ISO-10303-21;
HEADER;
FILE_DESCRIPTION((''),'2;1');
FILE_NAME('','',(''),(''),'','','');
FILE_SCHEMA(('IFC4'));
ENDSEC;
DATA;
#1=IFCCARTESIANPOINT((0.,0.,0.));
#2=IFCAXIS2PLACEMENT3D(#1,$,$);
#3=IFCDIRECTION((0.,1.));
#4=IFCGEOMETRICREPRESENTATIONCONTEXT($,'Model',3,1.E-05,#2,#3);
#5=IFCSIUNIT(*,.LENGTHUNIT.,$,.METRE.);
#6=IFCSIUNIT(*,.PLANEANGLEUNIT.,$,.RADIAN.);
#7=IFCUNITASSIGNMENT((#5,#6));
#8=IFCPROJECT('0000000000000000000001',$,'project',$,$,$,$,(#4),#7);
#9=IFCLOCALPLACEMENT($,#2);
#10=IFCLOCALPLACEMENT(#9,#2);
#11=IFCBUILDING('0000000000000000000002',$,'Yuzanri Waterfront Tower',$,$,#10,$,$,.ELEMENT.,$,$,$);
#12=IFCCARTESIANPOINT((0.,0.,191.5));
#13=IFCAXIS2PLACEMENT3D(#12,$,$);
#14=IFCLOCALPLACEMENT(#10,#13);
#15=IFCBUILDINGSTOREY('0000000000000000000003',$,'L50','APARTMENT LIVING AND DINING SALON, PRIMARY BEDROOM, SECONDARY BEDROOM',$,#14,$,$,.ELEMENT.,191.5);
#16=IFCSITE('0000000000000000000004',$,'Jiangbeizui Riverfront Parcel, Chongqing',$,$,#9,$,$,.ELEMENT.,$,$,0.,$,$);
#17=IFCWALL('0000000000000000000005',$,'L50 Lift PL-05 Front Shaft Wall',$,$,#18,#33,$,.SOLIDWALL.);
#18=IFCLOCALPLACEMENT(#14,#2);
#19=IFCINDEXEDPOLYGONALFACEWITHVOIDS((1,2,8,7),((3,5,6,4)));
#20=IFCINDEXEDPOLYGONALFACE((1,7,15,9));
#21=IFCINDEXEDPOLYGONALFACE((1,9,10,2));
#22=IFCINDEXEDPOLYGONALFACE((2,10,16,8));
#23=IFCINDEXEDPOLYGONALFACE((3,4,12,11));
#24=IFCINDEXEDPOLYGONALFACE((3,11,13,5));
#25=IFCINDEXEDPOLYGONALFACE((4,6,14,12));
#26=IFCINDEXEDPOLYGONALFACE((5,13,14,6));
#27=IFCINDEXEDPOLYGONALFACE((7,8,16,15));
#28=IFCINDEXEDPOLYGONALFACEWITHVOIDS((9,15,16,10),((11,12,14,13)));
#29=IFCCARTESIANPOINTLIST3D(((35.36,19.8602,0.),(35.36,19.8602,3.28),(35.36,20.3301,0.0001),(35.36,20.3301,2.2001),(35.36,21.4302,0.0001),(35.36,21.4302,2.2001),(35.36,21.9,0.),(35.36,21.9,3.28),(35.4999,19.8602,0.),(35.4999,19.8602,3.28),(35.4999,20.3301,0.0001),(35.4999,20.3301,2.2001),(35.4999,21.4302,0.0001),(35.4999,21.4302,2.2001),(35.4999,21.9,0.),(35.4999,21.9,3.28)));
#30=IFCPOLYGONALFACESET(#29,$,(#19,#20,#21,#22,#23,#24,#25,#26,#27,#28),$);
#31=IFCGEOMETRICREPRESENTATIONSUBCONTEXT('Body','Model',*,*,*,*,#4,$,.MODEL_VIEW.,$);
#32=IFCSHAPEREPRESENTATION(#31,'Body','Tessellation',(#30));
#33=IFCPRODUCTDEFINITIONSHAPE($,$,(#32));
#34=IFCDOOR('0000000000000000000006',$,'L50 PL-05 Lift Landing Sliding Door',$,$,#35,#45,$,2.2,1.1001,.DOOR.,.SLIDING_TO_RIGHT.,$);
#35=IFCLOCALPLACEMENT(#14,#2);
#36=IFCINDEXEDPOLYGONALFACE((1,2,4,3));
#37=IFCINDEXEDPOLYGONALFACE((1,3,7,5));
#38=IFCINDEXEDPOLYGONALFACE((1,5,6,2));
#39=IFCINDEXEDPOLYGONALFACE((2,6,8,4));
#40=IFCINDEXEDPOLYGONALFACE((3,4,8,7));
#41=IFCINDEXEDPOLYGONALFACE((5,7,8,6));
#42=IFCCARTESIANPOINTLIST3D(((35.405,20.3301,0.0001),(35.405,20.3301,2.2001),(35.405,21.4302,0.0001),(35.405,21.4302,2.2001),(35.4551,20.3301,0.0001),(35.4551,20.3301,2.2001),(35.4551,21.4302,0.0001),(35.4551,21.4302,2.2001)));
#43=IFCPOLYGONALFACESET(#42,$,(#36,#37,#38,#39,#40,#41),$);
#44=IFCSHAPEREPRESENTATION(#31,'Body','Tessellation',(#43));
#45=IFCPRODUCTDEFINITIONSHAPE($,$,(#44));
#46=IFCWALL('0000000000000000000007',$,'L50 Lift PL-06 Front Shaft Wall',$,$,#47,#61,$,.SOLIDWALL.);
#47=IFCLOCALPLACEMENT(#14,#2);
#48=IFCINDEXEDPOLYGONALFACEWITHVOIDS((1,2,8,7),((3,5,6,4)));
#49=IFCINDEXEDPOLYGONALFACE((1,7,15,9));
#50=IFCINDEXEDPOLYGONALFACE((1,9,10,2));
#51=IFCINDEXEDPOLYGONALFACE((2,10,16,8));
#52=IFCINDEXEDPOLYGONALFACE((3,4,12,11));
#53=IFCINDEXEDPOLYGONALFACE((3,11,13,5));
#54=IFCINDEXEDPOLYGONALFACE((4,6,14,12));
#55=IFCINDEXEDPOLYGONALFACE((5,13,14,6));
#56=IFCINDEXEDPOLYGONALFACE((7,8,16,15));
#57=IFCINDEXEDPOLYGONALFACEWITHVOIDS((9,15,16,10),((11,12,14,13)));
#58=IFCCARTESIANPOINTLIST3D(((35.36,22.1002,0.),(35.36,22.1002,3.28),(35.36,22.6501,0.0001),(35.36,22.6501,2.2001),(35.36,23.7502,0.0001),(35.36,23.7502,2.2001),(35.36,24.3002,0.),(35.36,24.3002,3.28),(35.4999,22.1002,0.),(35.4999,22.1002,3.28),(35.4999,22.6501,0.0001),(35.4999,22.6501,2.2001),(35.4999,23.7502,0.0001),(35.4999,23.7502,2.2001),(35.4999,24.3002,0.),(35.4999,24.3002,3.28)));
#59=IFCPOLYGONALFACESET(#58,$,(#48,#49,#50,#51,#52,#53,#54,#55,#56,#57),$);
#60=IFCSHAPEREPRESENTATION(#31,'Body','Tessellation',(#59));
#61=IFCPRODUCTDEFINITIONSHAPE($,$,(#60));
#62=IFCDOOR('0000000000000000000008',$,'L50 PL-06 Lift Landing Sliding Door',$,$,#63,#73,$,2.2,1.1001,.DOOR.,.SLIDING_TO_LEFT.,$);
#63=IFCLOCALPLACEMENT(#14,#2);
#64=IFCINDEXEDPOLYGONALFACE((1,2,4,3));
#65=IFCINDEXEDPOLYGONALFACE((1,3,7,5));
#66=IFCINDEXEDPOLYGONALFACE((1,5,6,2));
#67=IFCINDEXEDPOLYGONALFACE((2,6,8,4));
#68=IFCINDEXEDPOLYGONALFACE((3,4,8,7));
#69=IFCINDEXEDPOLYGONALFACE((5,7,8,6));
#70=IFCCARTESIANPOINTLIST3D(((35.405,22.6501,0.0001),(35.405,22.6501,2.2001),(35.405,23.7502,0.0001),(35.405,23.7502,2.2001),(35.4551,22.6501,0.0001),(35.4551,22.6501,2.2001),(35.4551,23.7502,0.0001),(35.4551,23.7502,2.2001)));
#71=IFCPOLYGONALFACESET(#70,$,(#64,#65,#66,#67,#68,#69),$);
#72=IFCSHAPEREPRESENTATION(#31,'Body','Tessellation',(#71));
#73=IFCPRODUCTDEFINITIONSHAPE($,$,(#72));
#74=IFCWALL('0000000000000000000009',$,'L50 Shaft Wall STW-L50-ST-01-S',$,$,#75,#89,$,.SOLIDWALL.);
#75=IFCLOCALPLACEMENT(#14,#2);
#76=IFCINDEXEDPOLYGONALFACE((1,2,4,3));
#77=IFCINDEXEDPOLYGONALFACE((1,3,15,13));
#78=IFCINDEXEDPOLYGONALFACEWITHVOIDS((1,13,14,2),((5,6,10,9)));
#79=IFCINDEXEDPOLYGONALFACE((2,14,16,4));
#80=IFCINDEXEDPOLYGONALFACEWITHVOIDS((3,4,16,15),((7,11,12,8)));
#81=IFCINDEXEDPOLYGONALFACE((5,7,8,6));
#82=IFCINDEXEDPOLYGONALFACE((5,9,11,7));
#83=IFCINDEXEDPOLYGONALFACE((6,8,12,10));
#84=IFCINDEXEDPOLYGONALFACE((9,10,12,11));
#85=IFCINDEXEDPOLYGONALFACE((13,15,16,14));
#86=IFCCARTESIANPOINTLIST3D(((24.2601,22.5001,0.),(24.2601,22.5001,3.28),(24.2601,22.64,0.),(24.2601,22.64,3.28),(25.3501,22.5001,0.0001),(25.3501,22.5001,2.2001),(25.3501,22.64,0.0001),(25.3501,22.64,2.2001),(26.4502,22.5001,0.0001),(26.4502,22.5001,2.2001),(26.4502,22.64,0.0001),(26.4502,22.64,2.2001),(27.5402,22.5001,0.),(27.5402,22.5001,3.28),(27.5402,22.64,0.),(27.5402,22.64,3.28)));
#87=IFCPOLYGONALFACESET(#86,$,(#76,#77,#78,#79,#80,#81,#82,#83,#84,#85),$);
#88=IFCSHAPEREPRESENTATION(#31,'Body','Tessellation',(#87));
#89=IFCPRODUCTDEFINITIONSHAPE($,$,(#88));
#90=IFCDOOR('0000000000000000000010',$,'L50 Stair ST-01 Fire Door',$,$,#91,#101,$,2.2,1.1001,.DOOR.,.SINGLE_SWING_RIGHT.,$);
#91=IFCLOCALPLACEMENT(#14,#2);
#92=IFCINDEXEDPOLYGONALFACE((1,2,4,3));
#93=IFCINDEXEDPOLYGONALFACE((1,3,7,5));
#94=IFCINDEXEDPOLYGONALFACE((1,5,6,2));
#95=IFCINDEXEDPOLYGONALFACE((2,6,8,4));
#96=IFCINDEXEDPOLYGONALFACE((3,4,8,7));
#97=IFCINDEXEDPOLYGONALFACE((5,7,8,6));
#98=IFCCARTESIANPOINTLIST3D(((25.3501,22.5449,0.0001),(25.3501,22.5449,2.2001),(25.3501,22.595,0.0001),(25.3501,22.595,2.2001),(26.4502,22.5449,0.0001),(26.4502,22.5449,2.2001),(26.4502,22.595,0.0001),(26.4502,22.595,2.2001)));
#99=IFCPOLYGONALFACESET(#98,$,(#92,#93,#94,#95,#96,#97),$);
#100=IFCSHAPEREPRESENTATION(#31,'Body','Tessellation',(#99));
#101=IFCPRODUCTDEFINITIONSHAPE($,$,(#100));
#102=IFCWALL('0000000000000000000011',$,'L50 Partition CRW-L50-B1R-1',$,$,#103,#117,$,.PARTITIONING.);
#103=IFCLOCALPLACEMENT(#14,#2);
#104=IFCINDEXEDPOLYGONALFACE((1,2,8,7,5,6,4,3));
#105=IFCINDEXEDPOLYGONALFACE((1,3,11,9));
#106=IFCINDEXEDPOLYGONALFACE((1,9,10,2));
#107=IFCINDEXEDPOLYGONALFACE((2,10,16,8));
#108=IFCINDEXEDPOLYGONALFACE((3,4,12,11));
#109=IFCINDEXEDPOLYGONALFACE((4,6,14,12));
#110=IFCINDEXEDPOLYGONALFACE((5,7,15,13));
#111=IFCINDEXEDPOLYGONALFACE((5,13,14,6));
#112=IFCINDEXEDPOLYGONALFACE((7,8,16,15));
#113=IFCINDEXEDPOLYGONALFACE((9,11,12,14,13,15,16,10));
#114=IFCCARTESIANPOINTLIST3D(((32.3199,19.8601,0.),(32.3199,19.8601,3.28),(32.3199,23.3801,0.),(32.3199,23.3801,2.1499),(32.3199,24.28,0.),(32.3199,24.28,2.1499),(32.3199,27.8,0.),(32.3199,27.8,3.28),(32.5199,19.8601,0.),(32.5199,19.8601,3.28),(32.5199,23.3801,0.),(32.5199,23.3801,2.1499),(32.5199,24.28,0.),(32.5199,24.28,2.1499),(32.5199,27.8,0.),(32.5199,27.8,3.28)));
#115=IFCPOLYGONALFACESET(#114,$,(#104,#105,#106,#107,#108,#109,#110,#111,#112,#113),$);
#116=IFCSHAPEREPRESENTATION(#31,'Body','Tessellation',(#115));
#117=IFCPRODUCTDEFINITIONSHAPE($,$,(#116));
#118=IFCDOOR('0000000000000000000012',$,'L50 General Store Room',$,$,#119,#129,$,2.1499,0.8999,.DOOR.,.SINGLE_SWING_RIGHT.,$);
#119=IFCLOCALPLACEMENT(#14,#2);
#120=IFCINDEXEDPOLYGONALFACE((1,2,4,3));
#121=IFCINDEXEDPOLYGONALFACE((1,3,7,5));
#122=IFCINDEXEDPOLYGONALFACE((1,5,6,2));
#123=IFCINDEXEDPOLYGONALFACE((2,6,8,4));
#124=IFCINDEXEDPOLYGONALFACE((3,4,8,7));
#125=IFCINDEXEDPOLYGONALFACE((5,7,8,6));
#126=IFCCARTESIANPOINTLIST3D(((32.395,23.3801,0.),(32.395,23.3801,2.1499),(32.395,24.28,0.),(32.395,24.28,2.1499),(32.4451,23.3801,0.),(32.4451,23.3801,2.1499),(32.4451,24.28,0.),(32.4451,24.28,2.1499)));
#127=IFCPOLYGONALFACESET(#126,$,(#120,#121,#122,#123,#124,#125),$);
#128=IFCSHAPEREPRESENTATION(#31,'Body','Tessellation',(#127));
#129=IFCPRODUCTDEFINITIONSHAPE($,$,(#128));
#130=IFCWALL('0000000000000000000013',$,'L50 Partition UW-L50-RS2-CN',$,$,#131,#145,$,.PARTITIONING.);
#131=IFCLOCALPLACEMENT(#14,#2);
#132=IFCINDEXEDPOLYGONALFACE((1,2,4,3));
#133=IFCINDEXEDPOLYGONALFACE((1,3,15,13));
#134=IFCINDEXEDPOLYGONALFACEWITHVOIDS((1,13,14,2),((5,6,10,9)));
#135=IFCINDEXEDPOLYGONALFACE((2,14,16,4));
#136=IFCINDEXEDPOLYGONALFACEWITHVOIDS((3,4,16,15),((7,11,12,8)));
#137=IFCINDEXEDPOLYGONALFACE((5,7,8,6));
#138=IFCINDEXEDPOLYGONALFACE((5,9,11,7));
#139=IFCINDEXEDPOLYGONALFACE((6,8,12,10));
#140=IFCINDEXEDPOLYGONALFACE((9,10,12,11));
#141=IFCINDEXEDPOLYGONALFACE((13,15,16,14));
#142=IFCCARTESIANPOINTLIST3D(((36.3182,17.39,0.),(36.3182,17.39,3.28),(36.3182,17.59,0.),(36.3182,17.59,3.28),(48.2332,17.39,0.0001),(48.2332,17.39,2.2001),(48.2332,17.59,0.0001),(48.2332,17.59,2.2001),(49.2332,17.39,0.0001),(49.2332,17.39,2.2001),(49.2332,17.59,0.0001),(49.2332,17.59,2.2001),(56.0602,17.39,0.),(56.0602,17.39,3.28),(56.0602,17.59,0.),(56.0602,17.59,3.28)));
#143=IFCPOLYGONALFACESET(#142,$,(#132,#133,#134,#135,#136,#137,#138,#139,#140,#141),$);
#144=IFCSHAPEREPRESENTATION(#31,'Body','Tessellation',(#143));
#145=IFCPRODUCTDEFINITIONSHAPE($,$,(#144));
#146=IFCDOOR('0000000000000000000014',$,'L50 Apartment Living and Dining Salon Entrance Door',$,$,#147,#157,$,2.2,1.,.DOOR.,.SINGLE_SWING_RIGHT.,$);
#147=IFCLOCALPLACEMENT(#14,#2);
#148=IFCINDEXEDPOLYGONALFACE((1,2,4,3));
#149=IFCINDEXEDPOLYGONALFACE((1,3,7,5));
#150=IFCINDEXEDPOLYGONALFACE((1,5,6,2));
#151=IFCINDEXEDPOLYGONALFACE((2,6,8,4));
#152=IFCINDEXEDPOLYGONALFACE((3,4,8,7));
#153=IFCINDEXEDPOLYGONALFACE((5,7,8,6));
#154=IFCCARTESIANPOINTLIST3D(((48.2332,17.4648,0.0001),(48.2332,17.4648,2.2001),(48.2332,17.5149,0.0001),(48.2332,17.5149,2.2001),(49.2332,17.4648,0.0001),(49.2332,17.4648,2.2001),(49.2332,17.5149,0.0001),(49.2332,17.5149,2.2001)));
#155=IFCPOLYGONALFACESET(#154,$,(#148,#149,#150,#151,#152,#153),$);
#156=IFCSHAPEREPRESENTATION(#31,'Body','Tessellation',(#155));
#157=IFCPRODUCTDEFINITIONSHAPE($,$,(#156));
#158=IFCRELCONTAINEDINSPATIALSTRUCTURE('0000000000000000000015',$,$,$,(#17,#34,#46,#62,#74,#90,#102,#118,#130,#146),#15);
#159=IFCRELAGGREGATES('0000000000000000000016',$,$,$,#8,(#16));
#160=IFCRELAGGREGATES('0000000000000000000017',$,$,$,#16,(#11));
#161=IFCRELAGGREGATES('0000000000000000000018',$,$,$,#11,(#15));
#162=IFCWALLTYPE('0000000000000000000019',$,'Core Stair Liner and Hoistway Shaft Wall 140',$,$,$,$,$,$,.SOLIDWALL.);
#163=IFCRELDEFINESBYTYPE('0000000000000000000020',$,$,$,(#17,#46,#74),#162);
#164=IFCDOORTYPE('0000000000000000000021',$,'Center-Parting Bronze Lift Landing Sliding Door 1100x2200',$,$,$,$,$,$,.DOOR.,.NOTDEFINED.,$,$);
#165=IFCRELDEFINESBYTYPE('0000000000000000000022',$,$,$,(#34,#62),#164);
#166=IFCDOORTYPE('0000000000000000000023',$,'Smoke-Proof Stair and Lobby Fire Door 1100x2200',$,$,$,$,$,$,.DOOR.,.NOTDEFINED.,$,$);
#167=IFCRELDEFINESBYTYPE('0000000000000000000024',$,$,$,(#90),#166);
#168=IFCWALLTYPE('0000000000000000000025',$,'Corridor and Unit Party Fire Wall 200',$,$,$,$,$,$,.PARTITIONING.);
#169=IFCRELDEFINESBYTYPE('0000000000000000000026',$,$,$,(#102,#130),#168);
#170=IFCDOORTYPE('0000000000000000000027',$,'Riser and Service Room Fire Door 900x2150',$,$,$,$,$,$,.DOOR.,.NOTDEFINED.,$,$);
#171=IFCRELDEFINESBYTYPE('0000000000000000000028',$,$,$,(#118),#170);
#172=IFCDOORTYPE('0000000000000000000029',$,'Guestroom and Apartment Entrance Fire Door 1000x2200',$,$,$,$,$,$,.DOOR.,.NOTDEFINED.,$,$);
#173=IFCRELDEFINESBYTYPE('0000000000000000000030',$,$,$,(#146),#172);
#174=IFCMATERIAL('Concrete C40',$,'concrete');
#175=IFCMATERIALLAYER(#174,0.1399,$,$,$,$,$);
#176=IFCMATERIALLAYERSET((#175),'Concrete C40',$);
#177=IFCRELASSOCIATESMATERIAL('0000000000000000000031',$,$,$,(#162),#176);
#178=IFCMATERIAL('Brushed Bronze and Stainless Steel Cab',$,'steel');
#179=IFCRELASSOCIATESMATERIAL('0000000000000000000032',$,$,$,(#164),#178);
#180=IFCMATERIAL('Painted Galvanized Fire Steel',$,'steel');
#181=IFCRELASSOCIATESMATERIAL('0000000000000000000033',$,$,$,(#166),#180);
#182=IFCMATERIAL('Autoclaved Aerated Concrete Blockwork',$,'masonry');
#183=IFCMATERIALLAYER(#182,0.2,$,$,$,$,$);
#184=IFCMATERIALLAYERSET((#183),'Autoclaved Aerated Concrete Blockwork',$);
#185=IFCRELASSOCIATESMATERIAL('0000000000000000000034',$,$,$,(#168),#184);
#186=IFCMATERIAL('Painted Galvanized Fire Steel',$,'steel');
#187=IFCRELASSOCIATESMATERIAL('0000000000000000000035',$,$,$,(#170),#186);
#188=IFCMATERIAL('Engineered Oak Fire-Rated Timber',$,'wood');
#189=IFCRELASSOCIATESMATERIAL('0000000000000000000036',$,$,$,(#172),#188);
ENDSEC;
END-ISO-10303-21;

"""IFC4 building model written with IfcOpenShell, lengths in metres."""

from ifc_helpers import new_model, si_unit, direction, frame, frame_2d, origin, place, context, subcontext, project, spatial, rectangle, extrude, source, transform, mapped, material, layer, layer_set, type_object, element, fill, save


model = new_model("IFC4")

# Units and contexts
model_context = context("Model", 3, precision=1e-05, world=origin(), true_north=direction((0.0, 1.0)))
body_context = subcontext(model_context, "Body", "Model", "MODEL_VIEW")
ifc_project = project(units=[si_unit("LENGTHUNIT", "METRE"), si_unit("PLANEANGLEUNIT", "RADIAN")], contexts=[model_context])

# Site, building, storey
site_placement = place(None, origin())
site = spatial("IfcSite", under=ifc_project, at=site_placement, Name="Jiangbeizui Riverfront Parcel, Chongqing", CompositionType="ELEMENT", RefElevation=0.0)
building_placement = place(site_placement, origin())
building = spatial("IfcBuilding", under=site, at=building_placement, Name="Yuzanri Waterfront Tower", CompositionType="ELEMENT")
storey_placement = place(building_placement, frame((0.0, 0.0, 191.5)))
storey = spatial("IfcBuildingStorey", under=building, at=storey_placement, Name="L50", Description="APARTMENT LIVING AND DINING SALON, PRIMARY BEDROOM, SECONDARY BEDROOM", CompositionType="ELEMENT", Elevation=191.5)

# Walls, openings, doors
ifc_material_1 = material(Name="Concrete C40", Category="concrete")
ifc_layer_1 = layer(ifc_material_1, 0.1399)
ifc_layer_set_1 = layer_set([ifc_layer_1], Name="Concrete C40")
wall_type_1 = type_object("IfcWallType", Name="Core Stair Liner and Hoistway Shaft Wall 140", PredefinedType="SOLIDWALL", material=ifc_layer_set_1)
ifc_material_2 = material(Name="Brushed Bronze and Stainless Steel Cab", Category="steel")
door_type_1 = type_object("IfcDoorType", Name="Center-Parting Bronze Lift Landing Sliding Door 1100x2200", OperationType="NOTDEFINED", PredefinedType="DOOR", material=ifc_material_2)
shared_shape_1 = source(origin(), body_context, "Body", "SweptSolid", [
    extrude(rectangle(XDim=1.1001, YDim=2.2, at=frame_2d((0.55, 1.1001))), frame((0.0, 0.0249, 0.0), z_axis=(0.0, -1.0, 0.0), x_axis=(1.0, 0.0, 0.0)), (0.0, 0.0, 1.0), 0.05),
])
wall_1_placement = place(storey_placement, frame((35.4299, 19.8601, 0.0), z_axis=(0.0, 0.0, 1.0), x_axis=(0.0, 1.0, 0.0)))
wall_1 = element("IfcWall", 1, at=wall_1_placement, inside=storey, type_object=wall_type_1, Name="L50 Lift PL-05 Front Shaft Wall", PredefinedType="SOLIDWALL", context=body_context, shape_type="SweptSolid", body=[
    extrude(rectangle(XDim=2.0398, YDim=0.1399, at=frame_2d((1.02, 0.0))), origin(), (0.0, 0.0, 1.0), 3.28),
])
opening_1_placement = place(wall_1_placement, frame((0.47, 0.0, 0.0)))
opening_1 = element("IfcOpeningElement", 2, at=opening_1_placement, cuts=wall_1, PredefinedType="OPENING", context=body_context, shape_type="SweptSolid", body=[
    extrude(rectangle(XDim=1.1001, YDim=2.2, at=frame_2d((0.55, 1.1001))), frame((0.0, 0.085, 0.0), z_axis=(0.0, -1.0, 0.0), x_axis=(1.0, 0.0, 0.0)), (0.0, 0.0, 1.0), 0.1697),
])
door_1_placement = place(opening_1_placement, origin())
door_1 = element("IfcDoor", 3, at=door_1_placement, inside=storey, type_object=door_type_1, Name="L50 PL-05 Lift Landing Sliding Door", OperationType="SLIDING_TO_RIGHT", OverallHeight=2.2, OverallWidth=1.1001, PredefinedType="DOOR", context=body_context, shape_type="MappedRepresentation", body=[
    mapped(shared_shape_1, transform((0.0, 0.0, 0.0), scale=1.0)),
])
fill(opening_1, door_1)
wall_2_placement = place(storey_placement, frame((35.4299, 22.1001, 0.0), z_axis=(0.0, 0.0, 1.0), x_axis=(0.0, 1.0, 0.0)))
wall_2 = element("IfcWall", 4, at=wall_2_placement, inside=storey, type_object=wall_type_1, Name="L50 Lift PL-06 Front Shaft Wall", PredefinedType="SOLIDWALL", context=body_context, shape_type="SweptSolid", body=[
    extrude(rectangle(XDim=2.2, YDim=0.1399, at=frame_2d((1.1001, 0.0))), origin(), (0.0, 0.0, 1.0), 3.28),
])
opening_2_placement = place(wall_2_placement, frame((0.55, 0.0, 0.0)))
opening_2 = element("IfcOpeningElement", 5, at=opening_2_placement, cuts=wall_2, PredefinedType="OPENING", context=body_context, shape_type="SweptSolid", body=[
    extrude(rectangle(XDim=1.1001, YDim=2.2, at=frame_2d((0.55, 1.1001))), frame((0.0, 0.085, 0.0), z_axis=(0.0, -1.0, 0.0), x_axis=(1.0, 0.0, 0.0)), (0.0, 0.0, 1.0), 0.1697),
])
door_2_placement = place(opening_2_placement, origin())
door_2 = element("IfcDoor", 6, at=door_2_placement, inside=storey, type_object=door_type_1, Name="L50 PL-06 Lift Landing Sliding Door", OperationType="SLIDING_TO_LEFT", OverallHeight=2.2, OverallWidth=1.1001, PredefinedType="DOOR", context=body_context, shape_type="MappedRepresentation", body=[
    mapped(shared_shape_1, transform((0.0, 0.0, 0.0), scale=1.0)),
])
fill(opening_2, door_2)
wall_3_placement = place(storey_placement, frame((24.26, 22.5701, 0.0), z_axis=(0.0, 0.0, 1.0), x_axis=(1.0, 0.0, 0.0)))
wall_3 = element("IfcWall", 7, at=wall_3_placement, inside=storey, type_object=wall_type_1, Name="L50 Shaft Wall STW-L50-ST-01-S", PredefinedType="SOLIDWALL", context=body_context, shape_type="SweptSolid", body=[
    extrude(rectangle(XDim=3.28, YDim=0.1399, at=frame_2d((1.6401, 0.0))), origin(), (0.0, 0.0, 1.0), 3.28),
])
opening_3_placement = place(wall_3_placement, frame((1.0901, 0.0, 0.0)))
opening_3 = element("IfcOpeningElement", 8, at=opening_3_placement, cuts=wall_3, PredefinedType="OPENING", context=body_context, shape_type="SweptSolid", body=[
    extrude(rectangle(XDim=1.1001, YDim=2.2, at=frame_2d((0.55, 1.1001))), frame((0.0, 0.085, 0.0), z_axis=(0.0, -1.0, 0.0), x_axis=(1.0, 0.0, 0.0)), (0.0, 0.0, 1.0), 0.1697),
])
ifc_material_3 = material(Name="Painted Galvanized Fire Steel", Category="steel")
door_type_2 = type_object("IfcDoorType", Name="Smoke-Proof Stair and Lobby Fire Door 1100x2200", OperationType="NOTDEFINED", PredefinedType="DOOR", material=ifc_material_3)
shared_shape_2 = source(origin(), body_context, "Body", "SweptSolid", [
    extrude(rectangle(XDim=1.1001, YDim=2.2, at=frame_2d((0.55, 1.1001))), frame((0.0, 0.0249, 0.0), z_axis=(0.0, -1.0, 0.0), x_axis=(1.0, 0.0, 0.0)), (0.0, 0.0, 1.0), 0.05),
])
door_3_placement = place(opening_3_placement, origin())
door_3 = element("IfcDoor", 9, at=door_3_placement, inside=storey, type_object=door_type_2, Name="L50 Stair ST-01 Fire Door", OperationType="SINGLE_SWING_RIGHT", OverallHeight=2.2, OverallWidth=1.1001, PredefinedType="DOOR", context=body_context, shape_type="MappedRepresentation", body=[
    mapped(shared_shape_2, transform((0.0, 0.0, 0.0), scale=1.0)),
])
fill(opening_3, door_3)
ifc_material_4 = material(Name="Autoclaved Aerated Concrete Blockwork", Category="masonry")
ifc_layer_2 = layer(ifc_material_4, 0.2)
ifc_layer_set_2 = layer_set([ifc_layer_2], Name="Autoclaved Aerated Concrete Blockwork")
wall_type_2 = type_object("IfcWallType", Name="Corridor and Unit Party Fire Wall 200", PredefinedType="PARTITIONING", material=ifc_layer_set_2)
wall_4_placement = place(storey_placement, frame((32.4199, 19.8601, 0.0), z_axis=(0.0, 0.0, 1.0), x_axis=(0.0, 1.0, 0.0)))
wall_4 = element("IfcWall", 10, at=wall_4_placement, inside=storey, type_object=wall_type_2, Name="L50 Partition CRW-L50-B1R-1", PredefinedType="PARTITIONING", context=body_context, shape_type="SweptSolid", body=[
    extrude(rectangle(XDim=7.9399, YDim=0.2, at=frame_2d((3.97, 0.0))), origin(), (0.0, 0.0, 1.0), 3.28),
])
opening_4_placement = place(wall_4_placement, frame((3.52, 0.0, 0.0)))
opening_4 = element("IfcOpeningElement", 11, at=opening_4_placement, cuts=wall_4, PredefinedType="OPENING", context=body_context, shape_type="SweptSolid", body=[
    extrude(rectangle(XDim=0.8999, YDim=2.1499, at=frame_2d((0.45, 1.075))), frame((0.0, 0.1147, 0.0), z_axis=(0.0, -1.0, 0.0), x_axis=(1.0, 0.0, 0.0)), (0.0, 0.0, 1.0), 0.2297),
])
ifc_material_5 = material(Name="Painted Galvanized Fire Steel", Category="steel")
door_type_3 = type_object("IfcDoorType", Name="Riser and Service Room Fire Door 900x2150", OperationType="NOTDEFINED", PredefinedType="DOOR", material=ifc_material_5)
shared_shape_3 = source(origin(), body_context, "Body", "SweptSolid", [
    extrude(rectangle(XDim=0.8999, YDim=2.1499, at=frame_2d((0.45, 1.075))), frame((0.0, 0.0249, 0.0), z_axis=(0.0, -1.0, 0.0), x_axis=(1.0, 0.0, 0.0)), (0.0, 0.0, 1.0), 0.05),
])
door_4_placement = place(opening_4_placement, origin())
door_4 = element("IfcDoor", 12, at=door_4_placement, inside=storey, type_object=door_type_3, Name="L50 General Store Room", OperationType="SINGLE_SWING_RIGHT", OverallHeight=2.1499, OverallWidth=0.8999, PredefinedType="DOOR", context=body_context, shape_type="MappedRepresentation", body=[
    mapped(shared_shape_3, transform((0.0, 0.0, 0.0), scale=1.0)),
])
fill(opening_4, door_4)
wall_5_placement = place(storey_placement, frame((36.3181, 17.49, 0.0), z_axis=(0.0, 0.0, 1.0), x_axis=(1.0, 0.0, 0.0)))
wall_5 = element("IfcWall", 13, at=wall_5_placement, inside=storey, type_object=wall_type_2, Name="L50 Partition UW-L50-RS2-CN", PredefinedType="PARTITIONING", context=body_context, shape_type="SweptSolid", body=[
    extrude(rectangle(XDim=19.7419, YDim=0.2, at=frame_2d((9.8711, 0.0))), origin(), (0.0, 0.0, 1.0), 3.28),
])
opening_5_placement = place(wall_5_placement, frame((11.915, 0.0, 0.0)))
opening_5 = element("IfcOpeningElement", 14, at=opening_5_placement, cuts=wall_5, PredefinedType="OPENING", context=body_context, shape_type="SweptSolid", body=[
    extrude(rectangle(XDim=1.0, YDim=2.2, at=frame_2d((0.5, 1.1001))), frame((0.0, 0.1147, 0.0), z_axis=(0.0, -1.0, 0.0), x_axis=(1.0, 0.0, 0.0)), (0.0, 0.0, 1.0), 0.2297),
])
ifc_material_6 = material(Name="Engineered Oak Fire-Rated Timber", Category="wood")
door_type_4 = type_object("IfcDoorType", Name="Guestroom and Apartment Entrance Fire Door 1000x2200", OperationType="NOTDEFINED", PredefinedType="DOOR", material=ifc_material_6)
shared_shape_4 = source(origin(), body_context, "Body", "SweptSolid", [
    extrude(rectangle(XDim=1.0, YDim=2.2, at=frame_2d((0.5, 1.1001))), frame((0.0, 0.0249, 0.0), z_axis=(0.0, -1.0, 0.0), x_axis=(1.0, 0.0, 0.0)), (0.0, 0.0, 1.0), 0.05),
])
door_5_placement = place(opening_5_placement, origin())
door_5 = element("IfcDoor", 15, at=door_5_placement, inside=storey, type_object=door_type_4, Name="L50 Apartment Living and Dining Salon Entrance Door", OperationType="SINGLE_SWING_RIGHT", OverallHeight=2.2, OverallWidth=1.0, PredefinedType="DOOR", context=body_context, shape_type="MappedRepresentation", body=[
    mapped(shared_shape_4, transform((0.0, 0.0, 0.0), scale=1.0)),
])
fill(opening_5, door_5)

save(model, "model.ifc")
